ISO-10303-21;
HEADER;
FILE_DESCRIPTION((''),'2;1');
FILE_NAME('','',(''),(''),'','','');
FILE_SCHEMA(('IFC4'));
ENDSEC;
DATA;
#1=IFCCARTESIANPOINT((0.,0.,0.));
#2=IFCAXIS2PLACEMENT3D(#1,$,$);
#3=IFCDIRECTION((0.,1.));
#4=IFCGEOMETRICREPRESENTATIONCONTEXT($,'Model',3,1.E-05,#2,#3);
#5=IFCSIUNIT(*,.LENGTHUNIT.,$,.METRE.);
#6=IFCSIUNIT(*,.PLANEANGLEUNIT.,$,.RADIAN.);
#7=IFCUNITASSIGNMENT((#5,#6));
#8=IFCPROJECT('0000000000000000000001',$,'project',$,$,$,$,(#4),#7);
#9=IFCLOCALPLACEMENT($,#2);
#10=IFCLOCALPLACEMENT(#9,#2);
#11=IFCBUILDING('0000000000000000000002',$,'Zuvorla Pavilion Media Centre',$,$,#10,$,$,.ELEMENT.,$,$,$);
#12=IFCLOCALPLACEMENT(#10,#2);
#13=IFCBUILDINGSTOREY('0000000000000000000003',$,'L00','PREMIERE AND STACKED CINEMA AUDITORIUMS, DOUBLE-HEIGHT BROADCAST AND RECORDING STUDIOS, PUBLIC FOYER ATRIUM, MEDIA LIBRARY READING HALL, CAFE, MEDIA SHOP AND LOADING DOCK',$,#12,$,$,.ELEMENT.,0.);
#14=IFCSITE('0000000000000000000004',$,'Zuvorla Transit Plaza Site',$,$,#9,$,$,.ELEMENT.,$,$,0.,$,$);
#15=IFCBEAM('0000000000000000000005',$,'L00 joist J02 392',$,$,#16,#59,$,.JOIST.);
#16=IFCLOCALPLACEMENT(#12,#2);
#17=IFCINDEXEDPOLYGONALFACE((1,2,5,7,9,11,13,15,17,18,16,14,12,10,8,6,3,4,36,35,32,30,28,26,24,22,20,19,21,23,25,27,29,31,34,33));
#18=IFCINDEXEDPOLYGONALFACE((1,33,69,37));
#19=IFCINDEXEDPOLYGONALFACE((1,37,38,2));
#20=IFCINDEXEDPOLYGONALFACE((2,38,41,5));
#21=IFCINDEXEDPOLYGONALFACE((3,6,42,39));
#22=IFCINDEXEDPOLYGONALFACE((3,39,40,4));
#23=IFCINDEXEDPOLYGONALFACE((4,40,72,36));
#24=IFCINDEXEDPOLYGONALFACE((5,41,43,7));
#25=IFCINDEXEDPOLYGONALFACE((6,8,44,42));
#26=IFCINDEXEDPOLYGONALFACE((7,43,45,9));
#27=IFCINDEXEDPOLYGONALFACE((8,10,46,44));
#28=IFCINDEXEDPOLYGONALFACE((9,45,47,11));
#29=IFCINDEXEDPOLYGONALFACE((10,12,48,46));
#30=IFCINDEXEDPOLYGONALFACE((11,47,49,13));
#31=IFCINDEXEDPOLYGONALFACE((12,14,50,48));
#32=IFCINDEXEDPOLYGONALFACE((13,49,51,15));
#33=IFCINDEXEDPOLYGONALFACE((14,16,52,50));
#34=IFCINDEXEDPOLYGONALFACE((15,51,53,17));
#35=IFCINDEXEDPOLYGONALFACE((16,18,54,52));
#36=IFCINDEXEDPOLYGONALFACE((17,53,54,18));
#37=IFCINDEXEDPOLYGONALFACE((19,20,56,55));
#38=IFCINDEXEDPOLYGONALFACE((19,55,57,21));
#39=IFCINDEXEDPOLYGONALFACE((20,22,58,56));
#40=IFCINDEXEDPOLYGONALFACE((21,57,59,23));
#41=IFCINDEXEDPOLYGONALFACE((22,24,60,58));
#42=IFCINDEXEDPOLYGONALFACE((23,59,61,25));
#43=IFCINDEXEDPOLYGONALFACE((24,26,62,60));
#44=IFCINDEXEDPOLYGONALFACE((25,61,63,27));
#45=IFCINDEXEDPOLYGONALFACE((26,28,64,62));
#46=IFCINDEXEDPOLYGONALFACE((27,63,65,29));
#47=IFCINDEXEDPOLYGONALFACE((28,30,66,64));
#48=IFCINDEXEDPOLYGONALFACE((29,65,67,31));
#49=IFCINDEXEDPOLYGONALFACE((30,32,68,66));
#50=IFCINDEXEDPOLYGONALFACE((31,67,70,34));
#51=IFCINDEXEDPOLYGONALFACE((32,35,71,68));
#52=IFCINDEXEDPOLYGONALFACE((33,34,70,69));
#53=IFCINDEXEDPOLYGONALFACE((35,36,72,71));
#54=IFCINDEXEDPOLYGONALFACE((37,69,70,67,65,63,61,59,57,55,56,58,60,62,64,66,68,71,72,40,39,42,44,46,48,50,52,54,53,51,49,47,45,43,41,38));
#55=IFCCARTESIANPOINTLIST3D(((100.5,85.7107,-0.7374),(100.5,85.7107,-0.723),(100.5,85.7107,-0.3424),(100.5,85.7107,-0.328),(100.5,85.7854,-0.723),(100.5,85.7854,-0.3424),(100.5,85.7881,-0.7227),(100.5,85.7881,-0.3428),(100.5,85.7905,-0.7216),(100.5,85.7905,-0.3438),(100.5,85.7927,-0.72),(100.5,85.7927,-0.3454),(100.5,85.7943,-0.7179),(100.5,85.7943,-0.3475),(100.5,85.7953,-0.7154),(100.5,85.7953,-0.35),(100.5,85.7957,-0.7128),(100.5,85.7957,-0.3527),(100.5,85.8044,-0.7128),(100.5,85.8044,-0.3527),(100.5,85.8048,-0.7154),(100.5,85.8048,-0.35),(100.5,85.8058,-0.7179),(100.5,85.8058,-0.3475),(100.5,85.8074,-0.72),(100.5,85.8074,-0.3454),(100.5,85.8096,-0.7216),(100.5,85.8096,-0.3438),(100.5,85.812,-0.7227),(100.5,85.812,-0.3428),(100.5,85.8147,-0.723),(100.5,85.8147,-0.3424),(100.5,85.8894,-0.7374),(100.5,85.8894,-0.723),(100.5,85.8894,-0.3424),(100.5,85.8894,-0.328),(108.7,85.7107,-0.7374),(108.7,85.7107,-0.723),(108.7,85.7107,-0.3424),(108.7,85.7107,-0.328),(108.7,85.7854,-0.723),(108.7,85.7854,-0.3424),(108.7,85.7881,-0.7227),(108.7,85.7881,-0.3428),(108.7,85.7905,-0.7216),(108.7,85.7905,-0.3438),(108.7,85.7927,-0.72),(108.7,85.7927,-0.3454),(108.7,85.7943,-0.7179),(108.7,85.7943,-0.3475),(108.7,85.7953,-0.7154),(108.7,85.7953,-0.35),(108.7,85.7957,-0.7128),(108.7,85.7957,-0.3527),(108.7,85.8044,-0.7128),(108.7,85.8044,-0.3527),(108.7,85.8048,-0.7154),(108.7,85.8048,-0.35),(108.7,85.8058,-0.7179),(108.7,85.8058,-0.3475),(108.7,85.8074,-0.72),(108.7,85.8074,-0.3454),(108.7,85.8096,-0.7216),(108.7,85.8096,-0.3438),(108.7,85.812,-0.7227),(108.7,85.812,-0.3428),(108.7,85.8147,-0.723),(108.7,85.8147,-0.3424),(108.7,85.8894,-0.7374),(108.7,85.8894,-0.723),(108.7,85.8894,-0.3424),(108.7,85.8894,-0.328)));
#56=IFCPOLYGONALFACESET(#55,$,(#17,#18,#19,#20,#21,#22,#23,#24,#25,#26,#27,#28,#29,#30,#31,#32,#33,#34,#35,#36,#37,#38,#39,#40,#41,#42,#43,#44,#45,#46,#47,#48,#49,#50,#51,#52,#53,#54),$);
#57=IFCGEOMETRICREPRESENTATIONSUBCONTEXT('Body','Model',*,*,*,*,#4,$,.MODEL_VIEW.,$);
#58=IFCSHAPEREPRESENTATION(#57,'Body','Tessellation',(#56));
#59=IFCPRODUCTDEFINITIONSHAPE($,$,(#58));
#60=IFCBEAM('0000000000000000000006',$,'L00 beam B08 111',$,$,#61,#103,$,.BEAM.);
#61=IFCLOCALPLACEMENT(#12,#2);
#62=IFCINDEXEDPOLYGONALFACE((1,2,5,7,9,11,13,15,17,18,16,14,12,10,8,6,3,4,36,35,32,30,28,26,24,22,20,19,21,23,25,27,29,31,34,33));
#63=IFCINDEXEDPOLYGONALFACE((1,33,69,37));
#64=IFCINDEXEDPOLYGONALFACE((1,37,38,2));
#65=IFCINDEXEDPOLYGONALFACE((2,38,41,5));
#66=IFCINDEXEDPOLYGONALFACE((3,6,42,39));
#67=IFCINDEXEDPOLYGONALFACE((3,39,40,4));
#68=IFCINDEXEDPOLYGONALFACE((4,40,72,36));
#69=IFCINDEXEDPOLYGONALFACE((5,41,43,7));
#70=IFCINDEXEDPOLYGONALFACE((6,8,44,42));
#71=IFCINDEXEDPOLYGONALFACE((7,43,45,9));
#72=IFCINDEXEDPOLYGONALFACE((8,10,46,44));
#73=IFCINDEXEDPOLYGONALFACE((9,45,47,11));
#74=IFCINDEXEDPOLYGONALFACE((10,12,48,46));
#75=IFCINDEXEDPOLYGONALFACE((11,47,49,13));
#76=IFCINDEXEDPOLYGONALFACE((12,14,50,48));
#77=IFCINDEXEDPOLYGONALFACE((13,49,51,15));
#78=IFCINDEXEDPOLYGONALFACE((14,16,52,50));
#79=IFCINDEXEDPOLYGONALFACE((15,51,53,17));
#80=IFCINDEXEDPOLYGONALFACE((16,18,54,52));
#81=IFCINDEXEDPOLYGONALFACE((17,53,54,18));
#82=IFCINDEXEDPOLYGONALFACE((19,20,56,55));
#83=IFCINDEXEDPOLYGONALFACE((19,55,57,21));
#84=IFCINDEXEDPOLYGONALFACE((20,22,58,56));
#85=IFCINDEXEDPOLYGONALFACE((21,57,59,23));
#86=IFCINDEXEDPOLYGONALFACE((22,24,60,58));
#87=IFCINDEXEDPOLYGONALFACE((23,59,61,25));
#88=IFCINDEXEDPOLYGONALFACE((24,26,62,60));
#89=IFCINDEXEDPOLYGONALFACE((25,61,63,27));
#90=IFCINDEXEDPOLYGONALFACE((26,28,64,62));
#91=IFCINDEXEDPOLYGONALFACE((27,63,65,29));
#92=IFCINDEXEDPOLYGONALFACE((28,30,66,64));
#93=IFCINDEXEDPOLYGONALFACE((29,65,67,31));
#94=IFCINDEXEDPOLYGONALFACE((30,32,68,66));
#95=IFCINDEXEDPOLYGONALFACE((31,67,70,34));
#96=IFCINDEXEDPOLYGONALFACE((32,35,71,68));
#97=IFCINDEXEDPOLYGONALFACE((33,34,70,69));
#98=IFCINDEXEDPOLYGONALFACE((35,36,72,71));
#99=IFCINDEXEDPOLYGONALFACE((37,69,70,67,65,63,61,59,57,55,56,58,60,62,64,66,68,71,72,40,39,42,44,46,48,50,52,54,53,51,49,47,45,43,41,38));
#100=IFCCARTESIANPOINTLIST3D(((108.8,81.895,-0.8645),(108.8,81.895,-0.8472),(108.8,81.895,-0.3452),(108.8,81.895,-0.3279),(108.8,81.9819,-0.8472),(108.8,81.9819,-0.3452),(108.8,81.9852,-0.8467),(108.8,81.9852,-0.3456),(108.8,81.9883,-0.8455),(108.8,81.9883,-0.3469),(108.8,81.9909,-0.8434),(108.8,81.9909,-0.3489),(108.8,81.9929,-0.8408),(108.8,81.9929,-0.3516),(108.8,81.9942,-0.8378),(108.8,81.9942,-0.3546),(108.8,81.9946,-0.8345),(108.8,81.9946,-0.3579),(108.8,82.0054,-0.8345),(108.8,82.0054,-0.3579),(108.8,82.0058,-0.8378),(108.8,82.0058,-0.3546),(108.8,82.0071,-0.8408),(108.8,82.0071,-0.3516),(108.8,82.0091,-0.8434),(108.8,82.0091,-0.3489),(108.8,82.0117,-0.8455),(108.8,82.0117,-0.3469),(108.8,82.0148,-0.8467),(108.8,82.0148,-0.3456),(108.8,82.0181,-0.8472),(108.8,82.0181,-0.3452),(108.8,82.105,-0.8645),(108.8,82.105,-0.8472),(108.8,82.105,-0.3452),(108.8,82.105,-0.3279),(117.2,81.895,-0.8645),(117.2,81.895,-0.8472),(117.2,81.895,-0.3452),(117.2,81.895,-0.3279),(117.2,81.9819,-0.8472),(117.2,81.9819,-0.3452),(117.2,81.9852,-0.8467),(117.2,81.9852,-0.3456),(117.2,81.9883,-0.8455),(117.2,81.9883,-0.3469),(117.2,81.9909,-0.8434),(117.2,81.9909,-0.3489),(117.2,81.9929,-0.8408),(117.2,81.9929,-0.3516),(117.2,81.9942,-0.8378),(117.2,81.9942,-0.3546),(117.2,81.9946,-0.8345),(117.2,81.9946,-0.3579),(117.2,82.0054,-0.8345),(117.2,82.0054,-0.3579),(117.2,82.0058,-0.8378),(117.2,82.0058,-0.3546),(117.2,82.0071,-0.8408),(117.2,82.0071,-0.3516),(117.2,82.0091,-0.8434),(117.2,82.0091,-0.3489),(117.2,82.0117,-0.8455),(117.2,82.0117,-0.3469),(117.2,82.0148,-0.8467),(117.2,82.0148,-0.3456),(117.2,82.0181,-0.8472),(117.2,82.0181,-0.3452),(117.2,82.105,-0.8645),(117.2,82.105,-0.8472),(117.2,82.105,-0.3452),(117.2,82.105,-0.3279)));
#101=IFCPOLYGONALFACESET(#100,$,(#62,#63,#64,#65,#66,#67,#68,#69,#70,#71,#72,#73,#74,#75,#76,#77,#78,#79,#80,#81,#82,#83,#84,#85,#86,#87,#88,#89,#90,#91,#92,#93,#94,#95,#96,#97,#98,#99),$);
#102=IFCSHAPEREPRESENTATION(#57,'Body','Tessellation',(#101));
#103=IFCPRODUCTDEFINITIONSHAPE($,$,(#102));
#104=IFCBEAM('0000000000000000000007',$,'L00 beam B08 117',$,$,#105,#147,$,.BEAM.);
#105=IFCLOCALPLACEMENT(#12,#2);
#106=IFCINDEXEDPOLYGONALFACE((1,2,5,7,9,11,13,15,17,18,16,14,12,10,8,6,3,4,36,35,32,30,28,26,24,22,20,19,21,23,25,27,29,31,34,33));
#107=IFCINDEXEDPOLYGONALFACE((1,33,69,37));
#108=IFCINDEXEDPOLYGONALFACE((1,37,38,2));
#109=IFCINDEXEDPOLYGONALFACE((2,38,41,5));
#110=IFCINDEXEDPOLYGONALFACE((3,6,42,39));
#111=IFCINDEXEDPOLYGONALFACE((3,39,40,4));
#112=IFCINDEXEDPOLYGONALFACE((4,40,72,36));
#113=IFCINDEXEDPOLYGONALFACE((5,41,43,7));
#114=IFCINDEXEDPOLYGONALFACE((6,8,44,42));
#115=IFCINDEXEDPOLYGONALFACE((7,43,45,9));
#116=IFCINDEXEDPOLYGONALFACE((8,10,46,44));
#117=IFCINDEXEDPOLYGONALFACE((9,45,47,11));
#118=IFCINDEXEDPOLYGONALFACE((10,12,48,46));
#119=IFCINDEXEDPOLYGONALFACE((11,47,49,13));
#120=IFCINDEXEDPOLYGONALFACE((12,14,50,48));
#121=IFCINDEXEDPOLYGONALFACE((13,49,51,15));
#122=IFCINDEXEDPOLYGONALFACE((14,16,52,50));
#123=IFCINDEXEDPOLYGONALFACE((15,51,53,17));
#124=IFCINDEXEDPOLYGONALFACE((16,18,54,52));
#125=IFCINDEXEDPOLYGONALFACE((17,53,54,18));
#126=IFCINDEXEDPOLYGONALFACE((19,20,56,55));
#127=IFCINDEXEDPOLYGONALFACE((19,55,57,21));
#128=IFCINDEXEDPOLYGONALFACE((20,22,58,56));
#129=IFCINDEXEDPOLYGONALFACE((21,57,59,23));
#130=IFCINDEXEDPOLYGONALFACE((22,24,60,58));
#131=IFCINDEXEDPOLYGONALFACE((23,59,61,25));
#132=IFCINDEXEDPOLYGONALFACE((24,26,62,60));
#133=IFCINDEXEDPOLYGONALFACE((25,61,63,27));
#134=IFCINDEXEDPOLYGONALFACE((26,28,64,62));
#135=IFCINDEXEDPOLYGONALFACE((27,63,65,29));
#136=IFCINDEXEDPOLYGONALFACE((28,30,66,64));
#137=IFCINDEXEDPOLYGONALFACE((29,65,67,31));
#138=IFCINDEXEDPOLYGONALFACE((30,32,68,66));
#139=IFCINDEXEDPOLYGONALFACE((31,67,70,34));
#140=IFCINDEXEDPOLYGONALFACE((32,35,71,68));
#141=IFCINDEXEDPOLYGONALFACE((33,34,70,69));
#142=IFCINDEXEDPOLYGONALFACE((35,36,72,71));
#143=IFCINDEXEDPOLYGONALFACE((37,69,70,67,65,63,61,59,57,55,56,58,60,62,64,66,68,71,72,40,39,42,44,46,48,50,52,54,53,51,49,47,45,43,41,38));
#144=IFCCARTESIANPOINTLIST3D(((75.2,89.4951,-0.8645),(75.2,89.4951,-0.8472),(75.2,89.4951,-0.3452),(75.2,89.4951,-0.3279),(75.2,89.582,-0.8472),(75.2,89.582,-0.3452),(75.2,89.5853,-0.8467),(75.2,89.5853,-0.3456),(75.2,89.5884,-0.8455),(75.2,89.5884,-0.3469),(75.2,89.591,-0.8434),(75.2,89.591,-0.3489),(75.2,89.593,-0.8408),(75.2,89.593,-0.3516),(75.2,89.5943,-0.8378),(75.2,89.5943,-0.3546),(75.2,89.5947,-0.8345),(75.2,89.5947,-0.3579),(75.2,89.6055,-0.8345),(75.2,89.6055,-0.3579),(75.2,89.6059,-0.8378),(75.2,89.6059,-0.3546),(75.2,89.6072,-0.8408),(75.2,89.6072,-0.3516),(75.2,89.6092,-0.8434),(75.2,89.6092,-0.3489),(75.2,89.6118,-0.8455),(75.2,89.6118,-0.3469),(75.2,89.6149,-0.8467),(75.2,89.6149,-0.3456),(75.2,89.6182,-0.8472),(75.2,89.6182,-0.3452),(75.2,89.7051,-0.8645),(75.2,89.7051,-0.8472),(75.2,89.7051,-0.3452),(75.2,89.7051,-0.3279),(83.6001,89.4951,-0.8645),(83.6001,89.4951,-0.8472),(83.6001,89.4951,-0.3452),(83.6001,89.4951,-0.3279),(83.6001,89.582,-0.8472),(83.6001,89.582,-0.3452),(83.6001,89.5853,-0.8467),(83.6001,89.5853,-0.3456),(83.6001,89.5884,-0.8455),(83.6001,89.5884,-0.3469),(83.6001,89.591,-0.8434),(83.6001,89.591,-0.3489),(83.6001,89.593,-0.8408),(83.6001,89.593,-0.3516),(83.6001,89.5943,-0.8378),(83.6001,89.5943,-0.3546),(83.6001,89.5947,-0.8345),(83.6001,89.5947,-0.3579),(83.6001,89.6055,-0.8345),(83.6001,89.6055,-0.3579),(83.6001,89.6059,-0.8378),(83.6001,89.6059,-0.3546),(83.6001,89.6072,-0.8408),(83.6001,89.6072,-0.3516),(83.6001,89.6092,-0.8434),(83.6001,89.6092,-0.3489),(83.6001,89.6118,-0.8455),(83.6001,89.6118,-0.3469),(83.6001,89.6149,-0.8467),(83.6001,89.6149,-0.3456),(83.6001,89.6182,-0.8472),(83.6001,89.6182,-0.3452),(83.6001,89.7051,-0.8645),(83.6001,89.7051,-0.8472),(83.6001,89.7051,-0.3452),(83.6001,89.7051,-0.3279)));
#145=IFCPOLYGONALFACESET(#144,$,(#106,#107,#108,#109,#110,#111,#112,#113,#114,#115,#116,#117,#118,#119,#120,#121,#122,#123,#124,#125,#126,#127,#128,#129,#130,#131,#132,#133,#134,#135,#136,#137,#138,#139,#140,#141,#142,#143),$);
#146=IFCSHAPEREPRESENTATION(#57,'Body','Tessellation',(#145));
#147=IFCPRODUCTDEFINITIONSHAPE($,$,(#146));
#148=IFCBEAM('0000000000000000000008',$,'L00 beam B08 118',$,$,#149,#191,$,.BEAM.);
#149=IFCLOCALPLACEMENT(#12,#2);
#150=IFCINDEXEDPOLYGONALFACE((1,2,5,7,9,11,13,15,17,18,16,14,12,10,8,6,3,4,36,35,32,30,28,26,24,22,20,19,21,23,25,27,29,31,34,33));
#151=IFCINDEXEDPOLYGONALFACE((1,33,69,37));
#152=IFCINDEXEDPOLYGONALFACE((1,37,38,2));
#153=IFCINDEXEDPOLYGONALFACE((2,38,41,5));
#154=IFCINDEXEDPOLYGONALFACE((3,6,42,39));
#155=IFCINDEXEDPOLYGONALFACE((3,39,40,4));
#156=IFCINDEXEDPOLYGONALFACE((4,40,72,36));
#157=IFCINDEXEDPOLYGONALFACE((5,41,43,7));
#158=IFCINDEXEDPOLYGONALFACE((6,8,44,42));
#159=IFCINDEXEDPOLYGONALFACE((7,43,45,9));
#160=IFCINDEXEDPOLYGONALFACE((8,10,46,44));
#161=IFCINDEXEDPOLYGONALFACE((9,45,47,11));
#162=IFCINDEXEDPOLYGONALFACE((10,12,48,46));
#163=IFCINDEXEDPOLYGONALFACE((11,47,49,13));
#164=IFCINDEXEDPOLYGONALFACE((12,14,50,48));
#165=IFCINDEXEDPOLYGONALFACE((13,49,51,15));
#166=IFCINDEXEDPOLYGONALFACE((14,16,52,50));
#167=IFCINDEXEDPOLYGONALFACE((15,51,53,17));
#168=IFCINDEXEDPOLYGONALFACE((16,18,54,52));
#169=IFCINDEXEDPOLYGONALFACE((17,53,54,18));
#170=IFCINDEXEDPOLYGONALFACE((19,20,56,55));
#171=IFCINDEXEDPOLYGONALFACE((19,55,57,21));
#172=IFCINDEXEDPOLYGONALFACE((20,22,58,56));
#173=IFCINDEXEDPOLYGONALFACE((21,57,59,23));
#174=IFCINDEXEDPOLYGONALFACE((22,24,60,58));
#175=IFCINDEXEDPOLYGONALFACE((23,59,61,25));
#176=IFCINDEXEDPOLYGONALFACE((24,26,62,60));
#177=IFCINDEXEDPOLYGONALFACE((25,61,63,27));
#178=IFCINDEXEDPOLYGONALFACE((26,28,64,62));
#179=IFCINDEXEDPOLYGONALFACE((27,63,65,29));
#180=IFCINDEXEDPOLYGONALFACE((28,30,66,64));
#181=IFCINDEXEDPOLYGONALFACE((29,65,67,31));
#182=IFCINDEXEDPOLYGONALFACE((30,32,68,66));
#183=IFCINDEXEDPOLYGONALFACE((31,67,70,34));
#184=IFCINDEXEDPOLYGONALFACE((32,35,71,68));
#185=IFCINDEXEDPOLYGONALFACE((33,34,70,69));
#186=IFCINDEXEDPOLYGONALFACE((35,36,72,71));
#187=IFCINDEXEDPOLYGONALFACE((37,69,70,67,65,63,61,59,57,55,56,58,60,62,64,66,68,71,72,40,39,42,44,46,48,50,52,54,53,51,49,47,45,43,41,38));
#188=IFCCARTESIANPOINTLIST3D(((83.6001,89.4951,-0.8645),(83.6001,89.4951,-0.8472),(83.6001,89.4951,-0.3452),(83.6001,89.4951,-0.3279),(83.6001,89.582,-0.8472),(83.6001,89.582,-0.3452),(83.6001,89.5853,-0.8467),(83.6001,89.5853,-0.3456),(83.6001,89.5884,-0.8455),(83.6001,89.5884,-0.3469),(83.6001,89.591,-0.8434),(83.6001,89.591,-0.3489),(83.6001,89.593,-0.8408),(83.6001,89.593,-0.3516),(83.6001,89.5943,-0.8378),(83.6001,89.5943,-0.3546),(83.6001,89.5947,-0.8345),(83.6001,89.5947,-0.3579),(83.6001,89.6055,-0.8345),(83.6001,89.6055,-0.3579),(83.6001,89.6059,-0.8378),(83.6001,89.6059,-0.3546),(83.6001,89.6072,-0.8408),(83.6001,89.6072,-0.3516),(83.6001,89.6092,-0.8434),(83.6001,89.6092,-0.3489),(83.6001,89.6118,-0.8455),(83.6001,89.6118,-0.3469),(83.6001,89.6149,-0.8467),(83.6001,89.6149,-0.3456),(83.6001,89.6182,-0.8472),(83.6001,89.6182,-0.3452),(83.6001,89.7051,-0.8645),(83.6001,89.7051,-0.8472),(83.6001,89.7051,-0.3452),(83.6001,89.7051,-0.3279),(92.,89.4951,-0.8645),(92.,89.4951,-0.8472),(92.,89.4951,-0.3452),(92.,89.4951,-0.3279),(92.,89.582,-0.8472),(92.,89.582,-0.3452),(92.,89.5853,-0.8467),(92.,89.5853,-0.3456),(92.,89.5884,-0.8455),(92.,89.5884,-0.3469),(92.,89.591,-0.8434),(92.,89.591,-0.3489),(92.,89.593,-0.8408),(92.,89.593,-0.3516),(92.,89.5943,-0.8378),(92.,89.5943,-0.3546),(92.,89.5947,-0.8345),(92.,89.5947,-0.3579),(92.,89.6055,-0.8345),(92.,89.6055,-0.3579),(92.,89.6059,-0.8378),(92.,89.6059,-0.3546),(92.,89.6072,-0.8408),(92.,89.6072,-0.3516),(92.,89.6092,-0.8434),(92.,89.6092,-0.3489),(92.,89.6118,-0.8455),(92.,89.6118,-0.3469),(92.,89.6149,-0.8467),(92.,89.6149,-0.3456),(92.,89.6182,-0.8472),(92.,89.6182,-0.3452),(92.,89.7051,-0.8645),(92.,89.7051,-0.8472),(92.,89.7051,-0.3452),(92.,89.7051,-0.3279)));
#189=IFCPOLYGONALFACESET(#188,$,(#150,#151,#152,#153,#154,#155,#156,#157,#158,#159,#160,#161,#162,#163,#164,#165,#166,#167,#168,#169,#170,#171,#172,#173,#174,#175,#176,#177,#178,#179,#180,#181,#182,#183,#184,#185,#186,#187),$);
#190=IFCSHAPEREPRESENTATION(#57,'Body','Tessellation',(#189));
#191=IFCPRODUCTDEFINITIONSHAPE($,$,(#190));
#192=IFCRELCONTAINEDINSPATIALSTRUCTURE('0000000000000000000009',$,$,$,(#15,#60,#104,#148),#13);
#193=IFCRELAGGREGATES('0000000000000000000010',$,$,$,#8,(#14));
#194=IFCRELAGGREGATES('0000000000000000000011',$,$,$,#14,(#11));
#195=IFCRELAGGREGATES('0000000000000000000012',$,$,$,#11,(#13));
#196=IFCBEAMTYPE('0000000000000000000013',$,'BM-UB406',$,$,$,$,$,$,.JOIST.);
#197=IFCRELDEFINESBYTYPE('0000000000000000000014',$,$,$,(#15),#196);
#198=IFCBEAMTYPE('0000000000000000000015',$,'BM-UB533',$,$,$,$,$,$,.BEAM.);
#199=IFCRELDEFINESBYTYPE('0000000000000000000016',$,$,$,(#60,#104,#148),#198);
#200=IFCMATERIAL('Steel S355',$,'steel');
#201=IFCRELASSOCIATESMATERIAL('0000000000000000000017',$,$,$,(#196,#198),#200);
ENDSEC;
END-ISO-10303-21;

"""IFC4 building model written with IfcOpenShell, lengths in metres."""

from ifc_helpers import new_model, si_unit, direction, frame, origin, origin_2d, place, context, subcontext, project, spatial, i_section, extrude, material, material_profile, profile_set, type_object, element, save


model = new_model("IFC4")

# Units and contexts
model_context = context("Model", 3, precision=1e-05, world=origin(), true_north=direction((0.0, 1.0)))
body_context = subcontext(model_context, "Body", "Model", "MODEL_VIEW")
ifc_project = project(units=[si_unit("LENGTHUNIT", "METRE"), si_unit("PLANEANGLEUNIT", "RADIAN")], contexts=[model_context])

# Site, building, storey
site_placement = place(None, origin())
site = spatial("IfcSite", under=ifc_project, at=site_placement, Name="Zuvorla Transit Plaza Site", CompositionType="ELEMENT", RefElevation=0.0)
building_placement = place(site_placement, origin())
building = spatial("IfcBuilding", under=site, at=building_placement, Name="Zuvorla Pavilion Media Centre", CompositionType="ELEMENT")
storey_placement = place(building_placement, origin())
storey = spatial("IfcBuildingStorey", under=building, at=storey_placement, Name="L00", Description="PREMIERE AND STACKED CINEMA AUDITORIUMS, DOUBLE-HEIGHT BROADCAST AND RECORDING STUDIOS, PUBLIC FOYER ATRIUM, MEDIA LIBRARY READING HALL, CAFE, MEDIA SHOP AND LOADING DOCK", CompositionType="ELEMENT", Elevation=0.0)

# Beams
ifc_material_1 = material(Name="Steel S355", Category="steel")
ifc_material_profile_1 = material_profile(ifc_material_1, i_section(OverallWidth=0.1787, OverallDepth=0.4094, WebThickness=0.0088, FlangeThickness=0.0144, FilletRadius=0.0103, at=origin_2d()), Name="UB 406x178x67")
ifc_profile_set_1 = profile_set([ifc_material_profile_1], Name="Steel S355")
beam_type_1 = type_object("IfcBeamType", Name="BM-UB406", PredefinedType="JOIST", material=ifc_profile_set_1)
for number, where, z_axis, x_axis, name in (
    (1, (100.5, 85.8, -0.5327), (1.0, 0.0, 0.0), (0.0, 1.0, 0.0), "L00 joist J02 392"),
):
    element("IfcBeam", number, at=place(storey_placement, frame(where, z_axis=z_axis, x_axis=x_axis)), inside=storey, type_object=beam_type_1, Name=name, PredefinedType="JOIST", context=body_context, shape_type="SweptSolid", body=[
        extrude(i_section(OverallWidth=0.1787, OverallDepth=0.4094, WebThickness=0.0088, FlangeThickness=0.0144, FilletRadius=0.0103, at=origin_2d()), origin(), (0.0, 0.0, 1.0), 8.2),
    ])
ifc_material_profile_2 = material_profile(ifc_material_1, i_section(OverallWidth=0.21, OverallDepth=0.5366, WebThickness=0.0107, FlangeThickness=0.0173, FilletRadius=0.0127, at=origin_2d()), Name="UB 533x210x101")
ifc_profile_set_2 = profile_set([ifc_material_profile_2], Name="Steel S355")
beam_type_2 = type_object("IfcBeamType", Name="BM-UB533", PredefinedType="BEAM", material=ifc_profile_set_2)
beam_1_placement = place(storey_placement, frame((108.8, 82.0, -0.5962), z_axis=(1.0, 0.0, 0.0), x_axis=(0.0, 1.0, 0.0)))
element("IfcBeam", 2, at=beam_1_placement, inside=storey, type_object=beam_type_2, Name="L00 beam B08 111", PredefinedType="BEAM", context=body_context, shape_type="SweptSolid", body=[
    extrude(i_section(OverallWidth=0.21, OverallDepth=0.5366, WebThickness=0.0107, FlangeThickness=0.0173, FilletRadius=0.0127, at=origin_2d()), origin(), (0.0, 0.0, 1.0), 8.3999),
])
beam_2_placement = place(storey_placement, frame((75.2, 89.6001, -0.5962), z_axis=(1.0, 0.0, 0.0), x_axis=(0.0, 1.0, 0.0)))
element("IfcBeam", 3, at=beam_2_placement, inside=storey, type_object=beam_type_2, Name="L00 beam B08 117", PredefinedType="BEAM", context=body_context, shape_type="SweptSolid", body=[
    extrude(i_section(OverallWidth=0.21, OverallDepth=0.5366, WebThickness=0.0107, FlangeThickness=0.0173, FilletRadius=0.0127, at=origin_2d()), origin(), (0.0, 0.0, 1.0), 8.4001),
])
beam_3_placement = place(storey_placement, frame((83.6001, 89.6001, -0.5962), z_axis=(1.0, 0.0, 0.0), x_axis=(0.0, 1.0, 0.0)))
element("IfcBeam", 4, at=beam_3_placement, inside=storey, type_object=beam_type_2, Name="L00 beam B08 118", PredefinedType="BEAM", context=body_context, shape_type="SweptSolid", body=[
    extrude(i_section(OverallWidth=0.21, OverallDepth=0.5366, WebThickness=0.0107, FlangeThickness=0.0173, FilletRadius=0.0127, at=origin_2d()), origin(), (0.0, 0.0, 1.0), 8.3999),
])

save(model, "model.ifc")
